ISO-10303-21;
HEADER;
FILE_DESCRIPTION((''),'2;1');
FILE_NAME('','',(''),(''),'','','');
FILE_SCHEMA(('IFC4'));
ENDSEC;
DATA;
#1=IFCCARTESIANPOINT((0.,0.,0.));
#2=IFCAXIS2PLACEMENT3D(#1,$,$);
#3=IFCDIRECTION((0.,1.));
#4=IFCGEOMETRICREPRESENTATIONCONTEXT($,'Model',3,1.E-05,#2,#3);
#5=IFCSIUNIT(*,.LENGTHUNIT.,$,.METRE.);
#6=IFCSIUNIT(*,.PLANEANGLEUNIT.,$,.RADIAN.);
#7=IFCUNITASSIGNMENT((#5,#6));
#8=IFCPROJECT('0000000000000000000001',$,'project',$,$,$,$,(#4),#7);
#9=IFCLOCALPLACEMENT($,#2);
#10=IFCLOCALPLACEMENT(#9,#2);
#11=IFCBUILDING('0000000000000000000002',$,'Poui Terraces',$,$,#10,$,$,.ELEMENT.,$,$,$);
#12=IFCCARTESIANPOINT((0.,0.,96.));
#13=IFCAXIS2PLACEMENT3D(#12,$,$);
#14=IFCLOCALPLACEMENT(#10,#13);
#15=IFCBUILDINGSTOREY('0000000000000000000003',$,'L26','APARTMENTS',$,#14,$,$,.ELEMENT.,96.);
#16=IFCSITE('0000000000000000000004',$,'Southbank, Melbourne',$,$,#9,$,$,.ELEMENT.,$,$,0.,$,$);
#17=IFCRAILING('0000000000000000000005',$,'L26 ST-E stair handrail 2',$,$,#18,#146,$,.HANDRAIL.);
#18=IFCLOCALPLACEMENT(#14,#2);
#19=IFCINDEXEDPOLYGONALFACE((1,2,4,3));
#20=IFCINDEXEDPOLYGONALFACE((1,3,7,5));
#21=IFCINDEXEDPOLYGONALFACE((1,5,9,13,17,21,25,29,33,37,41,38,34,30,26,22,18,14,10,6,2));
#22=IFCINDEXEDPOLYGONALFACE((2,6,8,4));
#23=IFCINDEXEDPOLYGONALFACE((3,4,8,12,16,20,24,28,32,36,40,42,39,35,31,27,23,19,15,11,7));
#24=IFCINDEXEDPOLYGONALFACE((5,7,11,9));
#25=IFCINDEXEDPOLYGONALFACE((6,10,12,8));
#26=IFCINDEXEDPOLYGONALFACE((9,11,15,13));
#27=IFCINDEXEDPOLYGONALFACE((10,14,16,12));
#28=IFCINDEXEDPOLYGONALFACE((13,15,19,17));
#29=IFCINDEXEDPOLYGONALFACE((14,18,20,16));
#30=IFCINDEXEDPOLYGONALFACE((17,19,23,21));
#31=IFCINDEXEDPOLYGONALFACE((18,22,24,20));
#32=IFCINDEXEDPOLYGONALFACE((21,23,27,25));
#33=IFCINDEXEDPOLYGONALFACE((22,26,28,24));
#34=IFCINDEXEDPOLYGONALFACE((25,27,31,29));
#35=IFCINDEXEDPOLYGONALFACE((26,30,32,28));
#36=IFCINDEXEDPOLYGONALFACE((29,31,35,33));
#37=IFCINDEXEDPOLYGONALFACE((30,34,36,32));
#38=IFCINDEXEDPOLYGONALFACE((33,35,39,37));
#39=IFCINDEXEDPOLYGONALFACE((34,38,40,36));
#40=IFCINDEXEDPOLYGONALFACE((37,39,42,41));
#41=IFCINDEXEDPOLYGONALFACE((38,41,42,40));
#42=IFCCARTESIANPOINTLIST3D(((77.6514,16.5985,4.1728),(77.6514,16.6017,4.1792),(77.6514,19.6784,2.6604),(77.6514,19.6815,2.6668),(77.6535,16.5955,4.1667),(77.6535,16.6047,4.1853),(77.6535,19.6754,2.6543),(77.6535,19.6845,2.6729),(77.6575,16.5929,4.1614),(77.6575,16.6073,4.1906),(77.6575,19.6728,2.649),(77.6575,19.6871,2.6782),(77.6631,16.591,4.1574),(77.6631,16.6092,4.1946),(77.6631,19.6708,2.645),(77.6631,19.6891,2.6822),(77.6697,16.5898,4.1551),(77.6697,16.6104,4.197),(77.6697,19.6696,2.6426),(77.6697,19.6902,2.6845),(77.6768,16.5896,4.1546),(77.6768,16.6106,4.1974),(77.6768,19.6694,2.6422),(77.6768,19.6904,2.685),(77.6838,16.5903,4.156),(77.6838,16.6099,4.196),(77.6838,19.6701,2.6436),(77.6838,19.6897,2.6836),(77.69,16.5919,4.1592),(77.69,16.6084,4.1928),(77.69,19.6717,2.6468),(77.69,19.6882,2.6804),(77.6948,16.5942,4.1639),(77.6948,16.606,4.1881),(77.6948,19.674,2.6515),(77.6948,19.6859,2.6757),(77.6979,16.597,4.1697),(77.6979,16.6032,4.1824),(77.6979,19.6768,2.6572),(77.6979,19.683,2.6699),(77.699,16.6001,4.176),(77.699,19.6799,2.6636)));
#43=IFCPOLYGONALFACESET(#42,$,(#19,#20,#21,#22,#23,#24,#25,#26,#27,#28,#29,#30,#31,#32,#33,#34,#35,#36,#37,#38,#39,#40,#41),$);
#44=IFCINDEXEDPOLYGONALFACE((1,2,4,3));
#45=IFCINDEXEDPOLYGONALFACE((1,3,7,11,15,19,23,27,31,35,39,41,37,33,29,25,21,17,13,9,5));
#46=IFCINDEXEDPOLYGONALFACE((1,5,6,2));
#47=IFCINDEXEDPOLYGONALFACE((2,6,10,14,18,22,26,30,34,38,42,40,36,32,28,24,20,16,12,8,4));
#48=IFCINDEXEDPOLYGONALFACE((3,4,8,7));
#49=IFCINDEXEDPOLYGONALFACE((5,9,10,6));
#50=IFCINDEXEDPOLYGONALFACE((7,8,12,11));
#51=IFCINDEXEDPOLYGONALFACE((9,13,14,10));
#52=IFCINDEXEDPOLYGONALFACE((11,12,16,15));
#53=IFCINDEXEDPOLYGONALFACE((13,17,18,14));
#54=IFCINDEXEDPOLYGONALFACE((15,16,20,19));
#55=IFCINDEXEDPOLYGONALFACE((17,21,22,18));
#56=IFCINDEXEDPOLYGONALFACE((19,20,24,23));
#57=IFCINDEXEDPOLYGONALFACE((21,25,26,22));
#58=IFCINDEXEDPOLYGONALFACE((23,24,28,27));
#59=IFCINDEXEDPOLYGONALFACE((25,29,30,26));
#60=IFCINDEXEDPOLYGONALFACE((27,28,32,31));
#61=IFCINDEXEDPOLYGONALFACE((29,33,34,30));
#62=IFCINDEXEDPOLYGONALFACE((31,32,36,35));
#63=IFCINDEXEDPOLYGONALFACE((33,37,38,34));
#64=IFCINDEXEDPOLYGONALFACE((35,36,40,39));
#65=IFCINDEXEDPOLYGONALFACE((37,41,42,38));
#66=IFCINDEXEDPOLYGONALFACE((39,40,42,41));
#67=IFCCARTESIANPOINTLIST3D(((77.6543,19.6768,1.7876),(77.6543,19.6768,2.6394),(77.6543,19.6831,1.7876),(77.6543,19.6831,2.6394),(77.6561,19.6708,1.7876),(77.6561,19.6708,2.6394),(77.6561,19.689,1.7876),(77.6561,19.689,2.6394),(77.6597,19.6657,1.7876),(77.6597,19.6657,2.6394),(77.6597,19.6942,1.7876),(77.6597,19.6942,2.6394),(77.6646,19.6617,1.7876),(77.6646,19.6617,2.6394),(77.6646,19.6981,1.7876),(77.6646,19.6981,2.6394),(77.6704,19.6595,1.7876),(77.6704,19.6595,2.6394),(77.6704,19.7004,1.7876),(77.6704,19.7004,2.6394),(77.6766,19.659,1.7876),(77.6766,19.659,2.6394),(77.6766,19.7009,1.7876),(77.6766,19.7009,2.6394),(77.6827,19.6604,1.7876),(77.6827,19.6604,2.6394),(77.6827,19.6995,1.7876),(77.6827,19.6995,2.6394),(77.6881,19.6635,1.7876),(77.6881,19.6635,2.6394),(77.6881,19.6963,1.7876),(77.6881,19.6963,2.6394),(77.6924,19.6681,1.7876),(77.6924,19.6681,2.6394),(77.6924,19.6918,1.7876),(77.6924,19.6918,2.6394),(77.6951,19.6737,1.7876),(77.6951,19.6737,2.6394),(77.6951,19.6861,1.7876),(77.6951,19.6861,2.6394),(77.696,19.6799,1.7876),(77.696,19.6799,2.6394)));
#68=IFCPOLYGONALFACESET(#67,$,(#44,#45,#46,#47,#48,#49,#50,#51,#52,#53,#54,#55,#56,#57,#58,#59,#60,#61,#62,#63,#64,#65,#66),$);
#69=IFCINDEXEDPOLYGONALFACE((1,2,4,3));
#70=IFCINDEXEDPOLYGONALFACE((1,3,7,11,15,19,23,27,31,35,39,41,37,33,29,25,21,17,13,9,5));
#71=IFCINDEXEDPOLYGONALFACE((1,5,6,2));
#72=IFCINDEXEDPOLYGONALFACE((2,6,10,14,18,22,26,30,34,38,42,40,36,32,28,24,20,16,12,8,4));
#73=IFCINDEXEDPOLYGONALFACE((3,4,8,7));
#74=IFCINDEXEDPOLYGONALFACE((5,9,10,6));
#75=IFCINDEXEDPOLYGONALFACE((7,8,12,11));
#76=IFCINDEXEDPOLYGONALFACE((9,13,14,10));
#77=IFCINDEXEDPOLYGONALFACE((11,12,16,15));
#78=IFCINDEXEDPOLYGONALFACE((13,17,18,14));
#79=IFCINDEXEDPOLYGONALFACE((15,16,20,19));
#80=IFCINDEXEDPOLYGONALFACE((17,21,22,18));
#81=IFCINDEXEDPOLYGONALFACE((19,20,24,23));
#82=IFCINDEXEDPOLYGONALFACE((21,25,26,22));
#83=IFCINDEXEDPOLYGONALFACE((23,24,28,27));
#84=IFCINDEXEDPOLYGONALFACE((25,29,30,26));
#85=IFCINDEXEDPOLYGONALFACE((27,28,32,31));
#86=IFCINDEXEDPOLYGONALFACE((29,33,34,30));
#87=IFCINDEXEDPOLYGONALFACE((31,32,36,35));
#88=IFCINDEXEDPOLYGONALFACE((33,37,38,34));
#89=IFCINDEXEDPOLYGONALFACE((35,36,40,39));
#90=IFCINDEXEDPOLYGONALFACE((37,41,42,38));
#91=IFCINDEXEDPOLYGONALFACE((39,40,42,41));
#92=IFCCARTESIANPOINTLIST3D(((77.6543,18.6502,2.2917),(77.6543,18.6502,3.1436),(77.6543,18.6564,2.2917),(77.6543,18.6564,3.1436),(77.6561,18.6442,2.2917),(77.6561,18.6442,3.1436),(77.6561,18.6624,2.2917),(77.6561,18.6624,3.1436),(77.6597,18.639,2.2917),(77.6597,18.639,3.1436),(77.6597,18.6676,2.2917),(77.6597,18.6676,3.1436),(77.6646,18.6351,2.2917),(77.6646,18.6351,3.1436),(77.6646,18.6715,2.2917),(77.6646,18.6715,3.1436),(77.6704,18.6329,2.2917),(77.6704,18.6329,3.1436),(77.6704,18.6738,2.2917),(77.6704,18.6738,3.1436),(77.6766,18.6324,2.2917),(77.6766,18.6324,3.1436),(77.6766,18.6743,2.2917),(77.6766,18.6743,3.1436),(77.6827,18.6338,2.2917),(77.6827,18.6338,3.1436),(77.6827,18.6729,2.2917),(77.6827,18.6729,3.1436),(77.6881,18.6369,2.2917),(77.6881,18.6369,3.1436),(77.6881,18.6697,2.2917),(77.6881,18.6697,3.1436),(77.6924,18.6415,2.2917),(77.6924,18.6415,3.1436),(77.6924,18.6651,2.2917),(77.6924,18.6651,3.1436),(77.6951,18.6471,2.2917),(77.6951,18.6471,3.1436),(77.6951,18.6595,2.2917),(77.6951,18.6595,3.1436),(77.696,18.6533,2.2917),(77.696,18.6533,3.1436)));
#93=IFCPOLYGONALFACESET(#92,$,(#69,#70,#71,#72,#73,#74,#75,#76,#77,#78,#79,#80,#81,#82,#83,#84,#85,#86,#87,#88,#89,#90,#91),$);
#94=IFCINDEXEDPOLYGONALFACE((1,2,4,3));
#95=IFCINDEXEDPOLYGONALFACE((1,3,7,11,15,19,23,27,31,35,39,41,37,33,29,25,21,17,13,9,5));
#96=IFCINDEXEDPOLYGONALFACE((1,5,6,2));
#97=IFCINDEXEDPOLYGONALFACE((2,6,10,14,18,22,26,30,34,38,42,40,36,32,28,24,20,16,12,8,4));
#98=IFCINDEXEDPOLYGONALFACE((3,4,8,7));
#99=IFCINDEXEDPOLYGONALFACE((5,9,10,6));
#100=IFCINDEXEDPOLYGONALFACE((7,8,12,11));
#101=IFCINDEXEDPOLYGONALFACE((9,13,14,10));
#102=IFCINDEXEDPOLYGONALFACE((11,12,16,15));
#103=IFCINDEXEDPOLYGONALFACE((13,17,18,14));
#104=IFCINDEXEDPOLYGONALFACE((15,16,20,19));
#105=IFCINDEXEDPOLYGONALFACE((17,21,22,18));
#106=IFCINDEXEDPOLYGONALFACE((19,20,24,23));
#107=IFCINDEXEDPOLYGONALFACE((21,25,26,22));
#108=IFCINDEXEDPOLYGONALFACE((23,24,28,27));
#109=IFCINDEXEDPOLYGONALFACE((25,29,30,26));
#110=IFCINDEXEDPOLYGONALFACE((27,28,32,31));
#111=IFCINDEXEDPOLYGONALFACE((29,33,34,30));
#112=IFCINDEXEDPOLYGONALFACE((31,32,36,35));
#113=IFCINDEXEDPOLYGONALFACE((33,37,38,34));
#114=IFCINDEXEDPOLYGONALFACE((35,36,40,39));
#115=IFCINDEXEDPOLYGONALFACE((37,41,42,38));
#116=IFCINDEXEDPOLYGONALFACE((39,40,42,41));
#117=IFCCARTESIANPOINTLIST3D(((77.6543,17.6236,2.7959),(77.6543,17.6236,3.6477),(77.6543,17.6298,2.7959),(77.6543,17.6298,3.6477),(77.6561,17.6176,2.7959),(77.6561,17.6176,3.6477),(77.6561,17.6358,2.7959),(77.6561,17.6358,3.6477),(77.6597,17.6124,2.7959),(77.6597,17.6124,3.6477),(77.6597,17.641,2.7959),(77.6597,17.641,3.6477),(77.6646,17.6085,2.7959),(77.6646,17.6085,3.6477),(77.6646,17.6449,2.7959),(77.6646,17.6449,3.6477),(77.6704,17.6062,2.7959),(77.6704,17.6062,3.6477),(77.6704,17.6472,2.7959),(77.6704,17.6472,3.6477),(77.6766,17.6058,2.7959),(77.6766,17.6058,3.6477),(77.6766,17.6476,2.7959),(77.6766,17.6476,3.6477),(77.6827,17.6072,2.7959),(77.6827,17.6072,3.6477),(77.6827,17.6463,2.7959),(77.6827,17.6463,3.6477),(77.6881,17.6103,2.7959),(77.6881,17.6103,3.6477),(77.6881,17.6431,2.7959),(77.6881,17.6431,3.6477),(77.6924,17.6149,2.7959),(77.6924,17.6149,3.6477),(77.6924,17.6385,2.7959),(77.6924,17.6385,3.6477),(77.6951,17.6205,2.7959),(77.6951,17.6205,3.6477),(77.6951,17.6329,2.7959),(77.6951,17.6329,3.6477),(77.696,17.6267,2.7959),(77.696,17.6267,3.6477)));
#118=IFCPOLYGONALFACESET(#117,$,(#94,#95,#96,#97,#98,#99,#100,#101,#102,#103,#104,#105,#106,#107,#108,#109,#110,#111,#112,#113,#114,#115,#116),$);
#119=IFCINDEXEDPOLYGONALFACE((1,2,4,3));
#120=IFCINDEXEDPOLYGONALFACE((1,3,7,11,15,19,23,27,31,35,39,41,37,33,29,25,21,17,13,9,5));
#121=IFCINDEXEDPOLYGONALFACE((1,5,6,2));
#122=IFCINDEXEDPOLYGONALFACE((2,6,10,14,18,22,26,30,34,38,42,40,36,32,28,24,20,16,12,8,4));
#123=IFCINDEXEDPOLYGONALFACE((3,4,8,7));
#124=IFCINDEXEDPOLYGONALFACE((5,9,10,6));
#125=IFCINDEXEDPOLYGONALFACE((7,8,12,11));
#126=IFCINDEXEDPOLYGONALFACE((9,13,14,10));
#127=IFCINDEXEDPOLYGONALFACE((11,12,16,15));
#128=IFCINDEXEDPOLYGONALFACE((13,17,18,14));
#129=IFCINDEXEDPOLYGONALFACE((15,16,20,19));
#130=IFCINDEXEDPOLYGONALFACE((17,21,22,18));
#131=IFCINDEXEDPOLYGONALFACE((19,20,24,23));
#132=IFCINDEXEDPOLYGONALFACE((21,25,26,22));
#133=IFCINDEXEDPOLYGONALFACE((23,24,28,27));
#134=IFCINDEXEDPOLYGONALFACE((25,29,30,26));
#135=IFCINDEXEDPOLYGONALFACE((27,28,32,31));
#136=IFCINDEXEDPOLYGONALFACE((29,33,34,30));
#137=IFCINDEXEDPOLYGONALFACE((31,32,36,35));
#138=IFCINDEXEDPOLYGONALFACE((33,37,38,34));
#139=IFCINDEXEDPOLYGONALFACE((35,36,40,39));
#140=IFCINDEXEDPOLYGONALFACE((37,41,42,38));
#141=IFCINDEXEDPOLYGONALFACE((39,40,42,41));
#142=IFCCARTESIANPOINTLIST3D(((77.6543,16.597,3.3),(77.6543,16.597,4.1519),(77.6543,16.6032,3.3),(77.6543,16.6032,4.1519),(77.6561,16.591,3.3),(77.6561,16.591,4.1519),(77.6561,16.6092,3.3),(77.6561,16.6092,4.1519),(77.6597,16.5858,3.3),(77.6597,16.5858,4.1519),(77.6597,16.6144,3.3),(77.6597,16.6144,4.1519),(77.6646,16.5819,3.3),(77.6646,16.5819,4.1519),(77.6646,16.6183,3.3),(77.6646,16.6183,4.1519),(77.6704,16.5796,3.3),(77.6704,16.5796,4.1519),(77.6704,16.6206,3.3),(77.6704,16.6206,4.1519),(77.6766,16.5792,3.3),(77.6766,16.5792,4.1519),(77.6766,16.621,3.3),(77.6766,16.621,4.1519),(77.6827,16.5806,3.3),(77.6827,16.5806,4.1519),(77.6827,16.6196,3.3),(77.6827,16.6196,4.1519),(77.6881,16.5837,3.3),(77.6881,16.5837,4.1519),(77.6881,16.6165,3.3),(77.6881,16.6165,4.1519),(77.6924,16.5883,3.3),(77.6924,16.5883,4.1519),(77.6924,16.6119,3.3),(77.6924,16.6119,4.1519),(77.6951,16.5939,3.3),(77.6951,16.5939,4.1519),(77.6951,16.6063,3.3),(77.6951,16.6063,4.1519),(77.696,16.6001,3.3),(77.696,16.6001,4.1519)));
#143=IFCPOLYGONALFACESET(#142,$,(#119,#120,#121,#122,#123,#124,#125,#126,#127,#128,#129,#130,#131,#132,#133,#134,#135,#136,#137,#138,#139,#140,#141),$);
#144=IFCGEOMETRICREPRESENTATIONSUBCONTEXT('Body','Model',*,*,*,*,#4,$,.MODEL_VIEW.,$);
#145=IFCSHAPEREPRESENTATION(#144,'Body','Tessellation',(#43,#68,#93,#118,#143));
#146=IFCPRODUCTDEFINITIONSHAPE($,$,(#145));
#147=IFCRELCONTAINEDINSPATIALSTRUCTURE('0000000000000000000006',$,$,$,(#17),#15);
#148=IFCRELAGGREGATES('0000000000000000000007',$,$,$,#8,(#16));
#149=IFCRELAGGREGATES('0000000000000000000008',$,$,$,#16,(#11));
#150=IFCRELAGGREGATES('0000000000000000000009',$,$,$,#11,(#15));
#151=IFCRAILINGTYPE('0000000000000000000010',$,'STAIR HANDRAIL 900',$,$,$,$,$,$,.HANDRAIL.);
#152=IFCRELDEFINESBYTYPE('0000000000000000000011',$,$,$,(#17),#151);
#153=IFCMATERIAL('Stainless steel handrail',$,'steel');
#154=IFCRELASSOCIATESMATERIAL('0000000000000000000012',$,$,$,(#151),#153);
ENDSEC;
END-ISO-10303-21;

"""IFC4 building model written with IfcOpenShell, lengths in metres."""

from ifc_helpers import new_model, si_unit, direction, frame, origin, origin_2d, place, context, subcontext, project, spatial, circle, extrude, material, type_object, element, save


model = new_model("IFC4")

# Units and contexts
model_context = context("Model", 3, precision=1e-05, world=origin(), true_north=direction((0.0, 1.0)))
body_context = subcontext(model_context, "Body", "Model", "MODEL_VIEW")
ifc_project = project(units=[si_unit("LENGTHUNIT", "METRE"), si_unit("PLANEANGLEUNIT", "RADIAN")], contexts=[model_context])

# Site, building, storey
site_placement = place(None, origin())
site = spatial("IfcSite", under=ifc_project, at=site_placement, Name="Southbank, Melbourne", CompositionType="ELEMENT", RefElevation=0.0)
building_placement = place(site_placement, origin())
building = spatial("IfcBuilding", under=site, at=building_placement, Name="Poui Terraces", CompositionType="ELEMENT")
storey_placement = place(building_placement, frame((0.0, 0.0, 96.0)))
storey = spatial("IfcBuildingStorey", under=building, at=storey_placement, Name="L26", Description="APARTMENTS", CompositionType="ELEMENT", Elevation=96.0)

# Railing
ifc_material_1 = material(Name="Stainless steel handrail", Category="steel")
railing_type_1 = type_object("IfcRailingType", Name="STAIR HANDRAIL 900", PredefinedType="HANDRAIL", material=ifc_material_1)
railing_1_placement = place(storey_placement, frame((77.675, 19.6799, 1.7876)))
element("IfcRailing", 1, at=railing_1_placement, inside=storey, type_object=railing_type_1, Name="L26 ST-E stair handrail 2", PredefinedType="HANDRAIL", context=body_context, shape_type="SweptSolid", body=[
    extrude(circle(Radius=0.0239, at=origin_2d()), frame((0.0, 0.0, 0.876), z_axis=(0.0, -0.897606, 0.440798), x_axis=(1.0, 0.0, 0.0)), (0.0, 0.0, 1.0), 3.4312),
    extrude(circle(Radius=0.021, at=origin_2d()), origin(), (0.0, 0.0, 1.0), 0.8518),
    extrude(circle(Radius=0.021, at=origin_2d()), frame((0.0, -1.0266, 0.5042)), (0.0, 0.0, 1.0), 0.8518),
    extrude(circle(Radius=0.021, at=origin_2d()), frame((0.0, -2.0532, 1.0083)), (0.0, 0.0, 1.0), 0.8518),
    extrude(circle(Radius=0.021, at=origin_2d()), frame((0.0, -3.0798, 1.5125)), (0.0, 0.0, 1.0), 0.8518),
])

save(model, "model.ifc")
